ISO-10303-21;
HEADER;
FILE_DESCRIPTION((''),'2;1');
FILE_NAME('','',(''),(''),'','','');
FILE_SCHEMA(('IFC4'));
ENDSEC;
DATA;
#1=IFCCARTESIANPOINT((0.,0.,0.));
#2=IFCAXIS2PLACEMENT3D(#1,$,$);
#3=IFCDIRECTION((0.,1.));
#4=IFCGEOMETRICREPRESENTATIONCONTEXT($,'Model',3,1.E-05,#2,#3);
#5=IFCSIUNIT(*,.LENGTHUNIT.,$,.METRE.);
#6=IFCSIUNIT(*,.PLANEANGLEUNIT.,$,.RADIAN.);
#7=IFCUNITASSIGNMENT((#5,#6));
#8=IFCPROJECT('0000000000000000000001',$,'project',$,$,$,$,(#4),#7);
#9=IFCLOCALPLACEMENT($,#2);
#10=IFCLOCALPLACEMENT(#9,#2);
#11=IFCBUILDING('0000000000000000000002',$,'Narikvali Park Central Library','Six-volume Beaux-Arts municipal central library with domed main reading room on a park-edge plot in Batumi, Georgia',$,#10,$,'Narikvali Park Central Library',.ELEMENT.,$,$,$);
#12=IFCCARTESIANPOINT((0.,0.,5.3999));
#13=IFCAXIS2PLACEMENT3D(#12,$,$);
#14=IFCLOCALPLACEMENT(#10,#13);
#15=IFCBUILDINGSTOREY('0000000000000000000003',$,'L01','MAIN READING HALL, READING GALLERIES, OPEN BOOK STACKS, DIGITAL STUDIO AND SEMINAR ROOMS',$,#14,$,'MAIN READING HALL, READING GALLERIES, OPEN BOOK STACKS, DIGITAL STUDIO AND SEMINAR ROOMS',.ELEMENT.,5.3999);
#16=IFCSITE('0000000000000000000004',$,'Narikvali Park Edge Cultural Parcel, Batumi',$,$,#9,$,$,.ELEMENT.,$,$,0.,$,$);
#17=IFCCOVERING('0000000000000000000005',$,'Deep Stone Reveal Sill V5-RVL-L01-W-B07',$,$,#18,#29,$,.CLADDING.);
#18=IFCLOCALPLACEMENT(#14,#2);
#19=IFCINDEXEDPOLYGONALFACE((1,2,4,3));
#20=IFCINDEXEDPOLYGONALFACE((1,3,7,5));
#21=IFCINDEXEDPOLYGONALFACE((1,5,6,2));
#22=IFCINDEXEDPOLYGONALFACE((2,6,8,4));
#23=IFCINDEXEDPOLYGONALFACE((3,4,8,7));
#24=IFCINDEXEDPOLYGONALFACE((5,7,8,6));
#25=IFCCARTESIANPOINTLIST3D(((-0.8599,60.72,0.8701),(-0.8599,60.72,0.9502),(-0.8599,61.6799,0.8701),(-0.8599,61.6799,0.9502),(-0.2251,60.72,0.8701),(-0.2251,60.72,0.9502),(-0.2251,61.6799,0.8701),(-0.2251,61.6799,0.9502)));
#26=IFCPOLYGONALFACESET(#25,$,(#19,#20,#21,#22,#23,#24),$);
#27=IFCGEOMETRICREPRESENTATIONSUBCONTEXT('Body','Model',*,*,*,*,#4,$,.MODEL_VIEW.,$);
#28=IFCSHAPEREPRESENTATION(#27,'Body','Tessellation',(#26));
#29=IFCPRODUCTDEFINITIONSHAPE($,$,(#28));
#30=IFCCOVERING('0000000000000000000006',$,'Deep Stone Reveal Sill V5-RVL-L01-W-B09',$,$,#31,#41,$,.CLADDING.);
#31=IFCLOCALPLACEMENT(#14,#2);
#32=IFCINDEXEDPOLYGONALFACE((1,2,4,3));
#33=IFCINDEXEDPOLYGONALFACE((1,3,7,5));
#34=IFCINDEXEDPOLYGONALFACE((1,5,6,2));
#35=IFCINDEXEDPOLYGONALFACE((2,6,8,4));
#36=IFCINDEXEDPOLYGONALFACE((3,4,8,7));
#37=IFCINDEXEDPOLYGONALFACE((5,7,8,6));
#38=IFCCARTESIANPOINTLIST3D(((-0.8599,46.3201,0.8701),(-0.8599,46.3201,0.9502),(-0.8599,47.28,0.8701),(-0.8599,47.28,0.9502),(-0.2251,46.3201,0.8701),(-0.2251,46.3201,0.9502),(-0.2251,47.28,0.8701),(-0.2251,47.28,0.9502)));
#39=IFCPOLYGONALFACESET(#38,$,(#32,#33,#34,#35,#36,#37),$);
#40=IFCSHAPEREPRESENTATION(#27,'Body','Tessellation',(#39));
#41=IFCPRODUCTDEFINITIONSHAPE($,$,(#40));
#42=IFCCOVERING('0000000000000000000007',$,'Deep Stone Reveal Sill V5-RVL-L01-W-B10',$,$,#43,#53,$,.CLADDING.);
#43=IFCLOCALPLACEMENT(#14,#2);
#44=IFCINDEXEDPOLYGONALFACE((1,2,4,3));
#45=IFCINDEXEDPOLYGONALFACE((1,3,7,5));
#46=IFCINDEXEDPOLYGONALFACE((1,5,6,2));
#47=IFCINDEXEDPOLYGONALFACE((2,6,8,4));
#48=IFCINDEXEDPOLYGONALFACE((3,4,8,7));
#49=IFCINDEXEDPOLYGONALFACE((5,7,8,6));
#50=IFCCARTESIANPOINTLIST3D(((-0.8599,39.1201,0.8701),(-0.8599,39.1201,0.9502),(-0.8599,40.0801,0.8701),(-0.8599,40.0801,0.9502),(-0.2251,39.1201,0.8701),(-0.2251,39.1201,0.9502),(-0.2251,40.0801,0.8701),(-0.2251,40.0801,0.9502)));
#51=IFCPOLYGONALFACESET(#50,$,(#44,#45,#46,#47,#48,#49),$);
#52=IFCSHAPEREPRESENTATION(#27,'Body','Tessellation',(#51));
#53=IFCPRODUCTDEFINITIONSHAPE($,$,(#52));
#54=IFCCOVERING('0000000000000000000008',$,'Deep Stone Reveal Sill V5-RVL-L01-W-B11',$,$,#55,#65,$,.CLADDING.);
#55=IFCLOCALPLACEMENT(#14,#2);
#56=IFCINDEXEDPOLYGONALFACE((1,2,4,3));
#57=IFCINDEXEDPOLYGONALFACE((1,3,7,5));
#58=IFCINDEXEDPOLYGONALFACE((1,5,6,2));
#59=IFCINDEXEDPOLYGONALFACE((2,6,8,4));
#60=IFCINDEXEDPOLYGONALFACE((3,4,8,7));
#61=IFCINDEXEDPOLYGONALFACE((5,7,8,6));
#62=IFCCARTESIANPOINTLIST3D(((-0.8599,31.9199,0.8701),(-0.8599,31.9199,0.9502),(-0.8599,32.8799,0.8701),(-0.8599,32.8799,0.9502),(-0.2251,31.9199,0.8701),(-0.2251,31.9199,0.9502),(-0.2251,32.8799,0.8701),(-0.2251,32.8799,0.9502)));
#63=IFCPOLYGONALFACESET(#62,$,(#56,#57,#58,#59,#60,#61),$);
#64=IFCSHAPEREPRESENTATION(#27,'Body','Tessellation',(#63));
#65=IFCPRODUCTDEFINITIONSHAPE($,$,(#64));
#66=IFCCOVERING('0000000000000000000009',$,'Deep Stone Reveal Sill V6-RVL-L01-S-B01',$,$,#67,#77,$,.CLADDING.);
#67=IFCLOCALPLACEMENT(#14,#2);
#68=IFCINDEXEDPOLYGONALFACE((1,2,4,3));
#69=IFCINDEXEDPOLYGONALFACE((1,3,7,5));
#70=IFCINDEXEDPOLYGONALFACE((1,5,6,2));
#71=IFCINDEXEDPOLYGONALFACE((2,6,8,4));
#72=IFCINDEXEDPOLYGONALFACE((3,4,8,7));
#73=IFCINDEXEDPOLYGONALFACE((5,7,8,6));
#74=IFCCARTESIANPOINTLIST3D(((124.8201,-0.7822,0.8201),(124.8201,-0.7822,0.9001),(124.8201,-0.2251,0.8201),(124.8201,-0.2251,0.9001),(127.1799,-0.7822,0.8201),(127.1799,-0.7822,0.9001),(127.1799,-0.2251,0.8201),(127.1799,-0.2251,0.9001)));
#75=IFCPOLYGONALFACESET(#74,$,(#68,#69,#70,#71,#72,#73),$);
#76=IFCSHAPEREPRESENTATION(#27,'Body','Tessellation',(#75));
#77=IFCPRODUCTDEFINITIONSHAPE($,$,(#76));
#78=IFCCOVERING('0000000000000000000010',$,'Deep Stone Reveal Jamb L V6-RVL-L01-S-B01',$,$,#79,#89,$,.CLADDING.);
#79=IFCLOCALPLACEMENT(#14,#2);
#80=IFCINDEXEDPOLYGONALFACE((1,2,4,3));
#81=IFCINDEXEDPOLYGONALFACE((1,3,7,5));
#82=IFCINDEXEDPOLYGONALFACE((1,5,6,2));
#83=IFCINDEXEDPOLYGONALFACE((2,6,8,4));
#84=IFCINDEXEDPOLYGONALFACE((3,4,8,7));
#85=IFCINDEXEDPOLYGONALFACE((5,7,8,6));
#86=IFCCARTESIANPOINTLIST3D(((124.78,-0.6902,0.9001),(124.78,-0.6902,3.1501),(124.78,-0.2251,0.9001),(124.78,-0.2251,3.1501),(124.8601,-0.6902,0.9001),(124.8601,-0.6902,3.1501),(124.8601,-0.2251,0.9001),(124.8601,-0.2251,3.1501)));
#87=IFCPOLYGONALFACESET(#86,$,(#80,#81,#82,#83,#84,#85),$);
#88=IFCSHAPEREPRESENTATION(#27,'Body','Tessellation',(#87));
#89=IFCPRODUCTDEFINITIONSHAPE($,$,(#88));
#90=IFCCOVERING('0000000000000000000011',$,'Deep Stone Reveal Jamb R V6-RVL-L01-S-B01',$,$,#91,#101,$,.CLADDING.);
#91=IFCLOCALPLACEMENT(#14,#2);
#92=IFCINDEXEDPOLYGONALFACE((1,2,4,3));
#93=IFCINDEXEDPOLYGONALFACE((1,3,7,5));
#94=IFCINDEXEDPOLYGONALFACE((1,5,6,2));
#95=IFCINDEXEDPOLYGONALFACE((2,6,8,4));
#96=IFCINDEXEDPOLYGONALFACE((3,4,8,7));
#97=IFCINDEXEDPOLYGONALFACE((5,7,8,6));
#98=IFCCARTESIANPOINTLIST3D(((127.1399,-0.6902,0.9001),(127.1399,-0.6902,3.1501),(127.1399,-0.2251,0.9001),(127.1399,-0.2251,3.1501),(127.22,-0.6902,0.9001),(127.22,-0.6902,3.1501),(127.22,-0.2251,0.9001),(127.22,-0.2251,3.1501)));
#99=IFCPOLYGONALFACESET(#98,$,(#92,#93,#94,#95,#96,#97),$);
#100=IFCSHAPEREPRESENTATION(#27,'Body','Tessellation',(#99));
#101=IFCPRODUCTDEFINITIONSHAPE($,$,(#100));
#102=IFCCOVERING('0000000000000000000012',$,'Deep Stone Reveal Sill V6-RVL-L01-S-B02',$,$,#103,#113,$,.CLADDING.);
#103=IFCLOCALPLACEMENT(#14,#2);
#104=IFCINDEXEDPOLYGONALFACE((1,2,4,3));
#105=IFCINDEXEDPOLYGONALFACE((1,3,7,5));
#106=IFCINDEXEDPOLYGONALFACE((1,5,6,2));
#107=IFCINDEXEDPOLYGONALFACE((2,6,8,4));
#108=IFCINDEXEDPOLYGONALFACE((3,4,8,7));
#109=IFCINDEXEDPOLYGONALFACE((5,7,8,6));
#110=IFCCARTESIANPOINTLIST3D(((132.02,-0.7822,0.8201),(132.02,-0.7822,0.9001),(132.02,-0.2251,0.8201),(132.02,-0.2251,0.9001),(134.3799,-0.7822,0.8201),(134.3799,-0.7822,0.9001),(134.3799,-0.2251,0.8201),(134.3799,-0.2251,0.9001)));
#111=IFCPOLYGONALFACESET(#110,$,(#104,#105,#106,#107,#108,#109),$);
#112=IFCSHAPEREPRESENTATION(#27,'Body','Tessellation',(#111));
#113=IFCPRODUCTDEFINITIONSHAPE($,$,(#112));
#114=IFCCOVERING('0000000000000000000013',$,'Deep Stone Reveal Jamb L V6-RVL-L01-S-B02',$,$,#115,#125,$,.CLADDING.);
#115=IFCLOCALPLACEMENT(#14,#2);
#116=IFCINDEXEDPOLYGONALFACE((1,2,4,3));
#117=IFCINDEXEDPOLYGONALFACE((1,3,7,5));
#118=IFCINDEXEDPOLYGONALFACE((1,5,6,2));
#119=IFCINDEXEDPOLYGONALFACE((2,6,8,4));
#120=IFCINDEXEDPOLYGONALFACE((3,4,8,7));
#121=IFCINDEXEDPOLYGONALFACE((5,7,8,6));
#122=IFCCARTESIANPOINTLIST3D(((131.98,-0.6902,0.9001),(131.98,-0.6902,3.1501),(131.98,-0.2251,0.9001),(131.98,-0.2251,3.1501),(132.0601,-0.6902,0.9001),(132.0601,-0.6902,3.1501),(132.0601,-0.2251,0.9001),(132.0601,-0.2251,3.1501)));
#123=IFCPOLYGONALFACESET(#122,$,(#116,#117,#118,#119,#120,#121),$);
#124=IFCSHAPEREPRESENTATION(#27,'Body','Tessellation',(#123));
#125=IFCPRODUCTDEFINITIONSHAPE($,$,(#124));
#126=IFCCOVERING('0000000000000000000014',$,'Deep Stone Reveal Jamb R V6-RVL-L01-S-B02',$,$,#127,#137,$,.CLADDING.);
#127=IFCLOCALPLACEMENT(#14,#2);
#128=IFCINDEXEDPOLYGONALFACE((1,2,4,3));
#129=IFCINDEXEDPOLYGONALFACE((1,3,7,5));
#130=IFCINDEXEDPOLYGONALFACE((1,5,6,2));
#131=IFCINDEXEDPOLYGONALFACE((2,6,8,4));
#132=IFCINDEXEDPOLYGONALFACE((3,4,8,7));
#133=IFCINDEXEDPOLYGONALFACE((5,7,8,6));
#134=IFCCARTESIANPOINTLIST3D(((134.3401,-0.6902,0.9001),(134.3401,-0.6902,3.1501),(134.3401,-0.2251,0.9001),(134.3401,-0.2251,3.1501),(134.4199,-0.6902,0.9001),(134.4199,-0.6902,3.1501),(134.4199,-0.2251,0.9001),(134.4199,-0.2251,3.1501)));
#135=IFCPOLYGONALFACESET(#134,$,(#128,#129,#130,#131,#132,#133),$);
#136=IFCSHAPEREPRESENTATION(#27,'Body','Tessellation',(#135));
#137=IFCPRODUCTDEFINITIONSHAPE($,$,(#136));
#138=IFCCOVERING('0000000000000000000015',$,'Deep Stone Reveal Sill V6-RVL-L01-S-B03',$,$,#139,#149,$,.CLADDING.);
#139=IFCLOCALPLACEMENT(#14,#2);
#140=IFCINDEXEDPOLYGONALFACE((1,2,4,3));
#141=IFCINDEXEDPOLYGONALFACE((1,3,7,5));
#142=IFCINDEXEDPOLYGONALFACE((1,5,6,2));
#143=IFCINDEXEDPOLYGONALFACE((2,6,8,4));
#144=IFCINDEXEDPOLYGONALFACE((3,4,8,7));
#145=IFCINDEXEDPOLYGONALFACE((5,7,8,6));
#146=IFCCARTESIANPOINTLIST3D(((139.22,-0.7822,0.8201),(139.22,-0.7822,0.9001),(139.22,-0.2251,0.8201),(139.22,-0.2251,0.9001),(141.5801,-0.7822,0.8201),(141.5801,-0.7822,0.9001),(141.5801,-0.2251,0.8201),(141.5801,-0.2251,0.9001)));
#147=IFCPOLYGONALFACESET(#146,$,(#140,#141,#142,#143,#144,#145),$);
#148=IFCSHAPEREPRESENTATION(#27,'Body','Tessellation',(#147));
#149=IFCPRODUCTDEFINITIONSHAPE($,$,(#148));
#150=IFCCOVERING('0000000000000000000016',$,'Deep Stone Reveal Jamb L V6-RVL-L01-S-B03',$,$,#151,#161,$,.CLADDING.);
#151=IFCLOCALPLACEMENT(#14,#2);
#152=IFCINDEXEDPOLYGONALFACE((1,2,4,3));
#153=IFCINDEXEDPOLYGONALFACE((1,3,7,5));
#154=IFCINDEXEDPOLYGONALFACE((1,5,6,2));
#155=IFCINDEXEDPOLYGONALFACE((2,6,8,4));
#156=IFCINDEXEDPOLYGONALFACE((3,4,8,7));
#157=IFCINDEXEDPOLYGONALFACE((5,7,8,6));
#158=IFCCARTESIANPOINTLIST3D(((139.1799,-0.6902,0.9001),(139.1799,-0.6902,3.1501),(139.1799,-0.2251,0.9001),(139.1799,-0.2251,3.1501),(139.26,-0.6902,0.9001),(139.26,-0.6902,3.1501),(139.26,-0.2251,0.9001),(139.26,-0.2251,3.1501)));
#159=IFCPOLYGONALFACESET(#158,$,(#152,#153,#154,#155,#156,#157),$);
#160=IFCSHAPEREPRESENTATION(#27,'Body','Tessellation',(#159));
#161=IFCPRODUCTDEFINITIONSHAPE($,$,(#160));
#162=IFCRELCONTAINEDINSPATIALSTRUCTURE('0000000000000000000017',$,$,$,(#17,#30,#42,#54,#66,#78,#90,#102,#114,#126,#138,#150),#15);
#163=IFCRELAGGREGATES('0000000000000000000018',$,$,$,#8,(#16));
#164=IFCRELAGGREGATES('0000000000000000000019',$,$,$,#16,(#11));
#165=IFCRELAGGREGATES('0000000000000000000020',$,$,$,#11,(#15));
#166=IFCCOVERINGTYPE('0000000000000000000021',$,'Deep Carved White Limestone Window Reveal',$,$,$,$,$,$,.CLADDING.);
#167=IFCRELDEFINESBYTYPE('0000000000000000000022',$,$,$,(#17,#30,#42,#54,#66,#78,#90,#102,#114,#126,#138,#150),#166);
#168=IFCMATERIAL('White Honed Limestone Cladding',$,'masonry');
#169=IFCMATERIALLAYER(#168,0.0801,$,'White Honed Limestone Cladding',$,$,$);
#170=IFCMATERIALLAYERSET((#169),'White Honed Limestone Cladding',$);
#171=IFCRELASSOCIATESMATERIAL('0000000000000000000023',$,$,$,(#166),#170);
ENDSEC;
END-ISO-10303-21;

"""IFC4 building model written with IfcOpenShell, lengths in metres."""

from ifc_helpers import new_model, si_unit, direction, frame, origin, place, context, subcontext, project, spatial, polyline, outline, extrude, material, layer, layer_set, type_object, element, save


model = new_model("IFC4")

# Units and contexts
model_context = context("Model", 3, precision=1e-05, world=origin(), true_north=direction((0.0, 1.0)))
body_context = subcontext(model_context, "Body", "Model", "MODEL_VIEW")
ifc_project = project(units=[si_unit("LENGTHUNIT", "METRE"), si_unit("PLANEANGLEUNIT", "RADIAN")], contexts=[model_context])

# Site, building, storey
site_placement = place(None, origin())
site = spatial("IfcSite", under=ifc_project, at=site_placement, Name="Narikvali Park Edge Cultural Parcel, Batumi", CompositionType="ELEMENT", RefElevation=0.0)
building_placement = place(site_placement, origin())
building = spatial("IfcBuilding", under=site, at=building_placement, Name="Narikvali Park Central Library", Description="Six-volume Beaux-Arts municipal central library with domed main reading room on a park-edge plot in Batumi, Georgia", LongName="Narikvali Park Central Library", CompositionType="ELEMENT")
storey_placement = place(building_placement, frame((0.0, 0.0, 5.3999)))
storey = spatial("IfcBuildingStorey", under=building, at=storey_placement, Name="L01", Description="MAIN READING HALL, READING GALLERIES, OPEN BOOK STACKS, DIGITAL STUDIO AND SEMINAR ROOMS", LongName="MAIN READING HALL, READING GALLERIES, OPEN BOOK STACKS, DIGITAL STUDIO AND SEMINAR ROOMS", CompositionType="ELEMENT", Elevation=5.3999)

# Coverings
ifc_material = material(Name="White Honed Limestone Cladding", Category="masonry")
ifc_layer = layer(ifc_material, 0.0801, Name="White Honed Limestone Cladding")
ifc_layer_set = layer_set([ifc_layer], Name="White Honed Limestone Cladding")
covering_type = type_object("IfcCoveringType", Name="Deep Carved White Limestone Window Reveal", PredefinedType="CLADDING", material=ifc_layer_set)
covering_1_placement = place(storey_placement, frame((0.0, 0.0, 0.8701)))
element("IfcCovering", 1, at=covering_1_placement, inside=storey, type_object=covering_type, Name="Deep Stone Reveal Sill V5-RVL-L01-W-B07", PredefinedType="CLADDING", context=body_context, shape_type="SweptSolid", body=[
    extrude(outline(polyline([(-0.2251, 61.6799), (-0.2251, 60.72), (-0.8599, 60.72), (-0.8599, 61.6799), (-0.2251, 61.6799)])), origin(), (0.0, 0.0, 1.0), 0.0801),
])
covering_2_placement = place(storey_placement, frame((0.0, 0.0, 0.8701)))
element("IfcCovering", 2, at=covering_2_placement, inside=storey, type_object=covering_type, Name="Deep Stone Reveal Sill V5-RVL-L01-W-B09", PredefinedType="CLADDING", context=body_context, shape_type="SweptSolid", body=[
    extrude(outline(polyline([(-0.2251, 47.28), (-0.2251, 46.3201), (-0.8599, 46.3201), (-0.8599, 47.28), (-0.2251, 47.28)])), origin(), (0.0, 0.0, 1.0), 0.0801),
])
covering_3_placement = place(storey_placement, frame((0.0, 0.0, 0.8701)))
element("IfcCovering", 3, at=covering_3_placement, inside=storey, type_object=covering_type, Name="Deep Stone Reveal Sill V5-RVL-L01-W-B10", PredefinedType="CLADDING", context=body_context, shape_type="SweptSolid", body=[
    extrude(outline(polyline([(-0.2251, 40.0801), (-0.2251, 39.1201), (-0.8599, 39.1201), (-0.8599, 40.0801), (-0.2251, 40.0801)])), origin(), (0.0, 0.0, 1.0), 0.0801),
])
covering_4_placement = place(storey_placement, frame((0.0, 0.0, 0.8701)))
element("IfcCovering", 4, at=covering_4_placement, inside=storey, type_object=covering_type, Name="Deep Stone Reveal Sill V5-RVL-L01-W-B11", PredefinedType="CLADDING", context=body_context, shape_type="SweptSolid", body=[
    extrude(outline(polyline([(-0.2251, 32.8799), (-0.2251, 31.9199), (-0.8599, 31.9199), (-0.8599, 32.8799), (-0.2251, 32.8799)])), origin(), (0.0, 0.0, 1.0), 0.0801),
])
covering_5_placement = place(storey_placement, frame((0.0, 0.0, 0.8201)))
element("IfcCovering", 5, at=covering_5_placement, inside=storey, type_object=covering_type, Name="Deep Stone Reveal Sill V6-RVL-L01-S-B01", PredefinedType="CLADDING", context=body_context, shape_type="SweptSolid", body=[
    extrude(outline(polyline([(124.8201, -0.2251), (127.1799, -0.2251), (127.1799, -0.7822), (124.8201, -0.7822), (124.8201, -0.2251)])), origin(), (0.0, 0.0, 1.0), 0.0801),
])
covering_6_placement = place(storey_placement, frame((0.0, 0.0, 0.9001)))
element("IfcCovering", 6, at=covering_6_placement, inside=storey, type_object=covering_type, Name="Deep Stone Reveal Jamb L V6-RVL-L01-S-B01", PredefinedType="CLADDING", context=body_context, shape_type="SweptSolid", body=[
    extrude(outline(polyline([(124.78, -0.2251), (124.8601, -0.2251), (124.8601, -0.6902), (124.78, -0.6902), (124.78, -0.2251)])), origin(), (0.0, 0.0, 1.0), 2.25),
])
covering_7_placement = place(storey_placement, frame((0.0, 0.0, 0.9001)))
element("IfcCovering", 7, at=covering_7_placement, inside=storey, type_object=covering_type, Name="Deep Stone Reveal Jamb R V6-RVL-L01-S-B01", PredefinedType="CLADDING", context=body_context, shape_type="SweptSolid", body=[
    extrude(outline(polyline([(127.1399, -0.2251), (127.22, -0.2251), (127.22, -0.6902), (127.1399, -0.6902), (127.1399, -0.2251)])), origin(), (0.0, 0.0, 1.0), 2.25),
])
covering_8_placement = place(storey_placement, frame((0.0, 0.0, 0.8201)))
element("IfcCovering", 8, at=covering_8_placement, inside=storey, type_object=covering_type, Name="Deep Stone Reveal Sill V6-RVL-L01-S-B02", PredefinedType="CLADDING", context=body_context, shape_type="SweptSolid", body=[
    extrude(outline(polyline([(132.02, -0.2251), (134.3799, -0.2251), (134.3799, -0.7822), (132.02, -0.7822), (132.02, -0.2251)])), origin(), (0.0, 0.0, 1.0), 0.0801),
])
covering_9_placement = place(storey_placement, frame((0.0, 0.0, 0.9001)))
element("IfcCovering", 9, at=covering_9_placement, inside=storey, type_object=covering_type, Name="Deep Stone Reveal Jamb L V6-RVL-L01-S-B02", PredefinedType="CLADDING", context=body_context, shape_type="SweptSolid", body=[
    extrude(outline(polyline([(131.98, -0.2251), (132.0601, -0.2251), (132.0601, -0.6902), (131.98, -0.6902), (131.98, -0.2251)])), origin(), (0.0, 0.0, 1.0), 2.25),
])
covering_10_placement = place(storey_placement, frame((0.0, 0.0, 0.9001)))
element("IfcCovering", 10, at=covering_10_placement, inside=storey, type_object=covering_type, Name="Deep Stone Reveal Jamb R V6-RVL-L01-S-B02", PredefinedType="CLADDING", context=body_context, shape_type="SweptSolid", body=[
    extrude(outline(polyline([(134.3401, -0.2251), (134.4199, -0.2251), (134.4199, -0.6902), (134.3401, -0.6902), (134.3401, -0.2251)])), origin(), (0.0, 0.0, 1.0), 2.25),
])
covering_11_placement = place(storey_placement, frame((0.0, 0.0, 0.8201)))
element("IfcCovering", 11, at=covering_11_placement, inside=storey, type_object=covering_type, Name="Deep Stone Reveal Sill V6-RVL-L01-S-B03", PredefinedType="CLADDING", context=body_context, shape_type="SweptSolid", body=[
    extrude(outline(polyline([(139.22, -0.2251), (141.5801, -0.2251), (141.5801, -0.7822), (139.22, -0.7822), (139.22, -0.2251)])), origin(), (0.0, 0.0, 1.0), 0.0801),
])
covering_12_placement = place(storey_placement, frame((0.0, 0.0, 0.9001)))
element("IfcCovering", 12, at=covering_12_placement, inside=storey, type_object=covering_type, Name="Deep Stone Reveal Jamb L V6-RVL-L01-S-B03", PredefinedType="CLADDING", context=body_context, shape_type="SweptSolid", body=[
    extrude(outline(polyline([(139.1799, -0.2251), (139.26, -0.2251), (139.26, -0.6902), (139.1799, -0.6902), (139.1799, -0.2251)])), origin(), (0.0, 0.0, 1.0), 2.25),
])

save(model, "model.ifc")
